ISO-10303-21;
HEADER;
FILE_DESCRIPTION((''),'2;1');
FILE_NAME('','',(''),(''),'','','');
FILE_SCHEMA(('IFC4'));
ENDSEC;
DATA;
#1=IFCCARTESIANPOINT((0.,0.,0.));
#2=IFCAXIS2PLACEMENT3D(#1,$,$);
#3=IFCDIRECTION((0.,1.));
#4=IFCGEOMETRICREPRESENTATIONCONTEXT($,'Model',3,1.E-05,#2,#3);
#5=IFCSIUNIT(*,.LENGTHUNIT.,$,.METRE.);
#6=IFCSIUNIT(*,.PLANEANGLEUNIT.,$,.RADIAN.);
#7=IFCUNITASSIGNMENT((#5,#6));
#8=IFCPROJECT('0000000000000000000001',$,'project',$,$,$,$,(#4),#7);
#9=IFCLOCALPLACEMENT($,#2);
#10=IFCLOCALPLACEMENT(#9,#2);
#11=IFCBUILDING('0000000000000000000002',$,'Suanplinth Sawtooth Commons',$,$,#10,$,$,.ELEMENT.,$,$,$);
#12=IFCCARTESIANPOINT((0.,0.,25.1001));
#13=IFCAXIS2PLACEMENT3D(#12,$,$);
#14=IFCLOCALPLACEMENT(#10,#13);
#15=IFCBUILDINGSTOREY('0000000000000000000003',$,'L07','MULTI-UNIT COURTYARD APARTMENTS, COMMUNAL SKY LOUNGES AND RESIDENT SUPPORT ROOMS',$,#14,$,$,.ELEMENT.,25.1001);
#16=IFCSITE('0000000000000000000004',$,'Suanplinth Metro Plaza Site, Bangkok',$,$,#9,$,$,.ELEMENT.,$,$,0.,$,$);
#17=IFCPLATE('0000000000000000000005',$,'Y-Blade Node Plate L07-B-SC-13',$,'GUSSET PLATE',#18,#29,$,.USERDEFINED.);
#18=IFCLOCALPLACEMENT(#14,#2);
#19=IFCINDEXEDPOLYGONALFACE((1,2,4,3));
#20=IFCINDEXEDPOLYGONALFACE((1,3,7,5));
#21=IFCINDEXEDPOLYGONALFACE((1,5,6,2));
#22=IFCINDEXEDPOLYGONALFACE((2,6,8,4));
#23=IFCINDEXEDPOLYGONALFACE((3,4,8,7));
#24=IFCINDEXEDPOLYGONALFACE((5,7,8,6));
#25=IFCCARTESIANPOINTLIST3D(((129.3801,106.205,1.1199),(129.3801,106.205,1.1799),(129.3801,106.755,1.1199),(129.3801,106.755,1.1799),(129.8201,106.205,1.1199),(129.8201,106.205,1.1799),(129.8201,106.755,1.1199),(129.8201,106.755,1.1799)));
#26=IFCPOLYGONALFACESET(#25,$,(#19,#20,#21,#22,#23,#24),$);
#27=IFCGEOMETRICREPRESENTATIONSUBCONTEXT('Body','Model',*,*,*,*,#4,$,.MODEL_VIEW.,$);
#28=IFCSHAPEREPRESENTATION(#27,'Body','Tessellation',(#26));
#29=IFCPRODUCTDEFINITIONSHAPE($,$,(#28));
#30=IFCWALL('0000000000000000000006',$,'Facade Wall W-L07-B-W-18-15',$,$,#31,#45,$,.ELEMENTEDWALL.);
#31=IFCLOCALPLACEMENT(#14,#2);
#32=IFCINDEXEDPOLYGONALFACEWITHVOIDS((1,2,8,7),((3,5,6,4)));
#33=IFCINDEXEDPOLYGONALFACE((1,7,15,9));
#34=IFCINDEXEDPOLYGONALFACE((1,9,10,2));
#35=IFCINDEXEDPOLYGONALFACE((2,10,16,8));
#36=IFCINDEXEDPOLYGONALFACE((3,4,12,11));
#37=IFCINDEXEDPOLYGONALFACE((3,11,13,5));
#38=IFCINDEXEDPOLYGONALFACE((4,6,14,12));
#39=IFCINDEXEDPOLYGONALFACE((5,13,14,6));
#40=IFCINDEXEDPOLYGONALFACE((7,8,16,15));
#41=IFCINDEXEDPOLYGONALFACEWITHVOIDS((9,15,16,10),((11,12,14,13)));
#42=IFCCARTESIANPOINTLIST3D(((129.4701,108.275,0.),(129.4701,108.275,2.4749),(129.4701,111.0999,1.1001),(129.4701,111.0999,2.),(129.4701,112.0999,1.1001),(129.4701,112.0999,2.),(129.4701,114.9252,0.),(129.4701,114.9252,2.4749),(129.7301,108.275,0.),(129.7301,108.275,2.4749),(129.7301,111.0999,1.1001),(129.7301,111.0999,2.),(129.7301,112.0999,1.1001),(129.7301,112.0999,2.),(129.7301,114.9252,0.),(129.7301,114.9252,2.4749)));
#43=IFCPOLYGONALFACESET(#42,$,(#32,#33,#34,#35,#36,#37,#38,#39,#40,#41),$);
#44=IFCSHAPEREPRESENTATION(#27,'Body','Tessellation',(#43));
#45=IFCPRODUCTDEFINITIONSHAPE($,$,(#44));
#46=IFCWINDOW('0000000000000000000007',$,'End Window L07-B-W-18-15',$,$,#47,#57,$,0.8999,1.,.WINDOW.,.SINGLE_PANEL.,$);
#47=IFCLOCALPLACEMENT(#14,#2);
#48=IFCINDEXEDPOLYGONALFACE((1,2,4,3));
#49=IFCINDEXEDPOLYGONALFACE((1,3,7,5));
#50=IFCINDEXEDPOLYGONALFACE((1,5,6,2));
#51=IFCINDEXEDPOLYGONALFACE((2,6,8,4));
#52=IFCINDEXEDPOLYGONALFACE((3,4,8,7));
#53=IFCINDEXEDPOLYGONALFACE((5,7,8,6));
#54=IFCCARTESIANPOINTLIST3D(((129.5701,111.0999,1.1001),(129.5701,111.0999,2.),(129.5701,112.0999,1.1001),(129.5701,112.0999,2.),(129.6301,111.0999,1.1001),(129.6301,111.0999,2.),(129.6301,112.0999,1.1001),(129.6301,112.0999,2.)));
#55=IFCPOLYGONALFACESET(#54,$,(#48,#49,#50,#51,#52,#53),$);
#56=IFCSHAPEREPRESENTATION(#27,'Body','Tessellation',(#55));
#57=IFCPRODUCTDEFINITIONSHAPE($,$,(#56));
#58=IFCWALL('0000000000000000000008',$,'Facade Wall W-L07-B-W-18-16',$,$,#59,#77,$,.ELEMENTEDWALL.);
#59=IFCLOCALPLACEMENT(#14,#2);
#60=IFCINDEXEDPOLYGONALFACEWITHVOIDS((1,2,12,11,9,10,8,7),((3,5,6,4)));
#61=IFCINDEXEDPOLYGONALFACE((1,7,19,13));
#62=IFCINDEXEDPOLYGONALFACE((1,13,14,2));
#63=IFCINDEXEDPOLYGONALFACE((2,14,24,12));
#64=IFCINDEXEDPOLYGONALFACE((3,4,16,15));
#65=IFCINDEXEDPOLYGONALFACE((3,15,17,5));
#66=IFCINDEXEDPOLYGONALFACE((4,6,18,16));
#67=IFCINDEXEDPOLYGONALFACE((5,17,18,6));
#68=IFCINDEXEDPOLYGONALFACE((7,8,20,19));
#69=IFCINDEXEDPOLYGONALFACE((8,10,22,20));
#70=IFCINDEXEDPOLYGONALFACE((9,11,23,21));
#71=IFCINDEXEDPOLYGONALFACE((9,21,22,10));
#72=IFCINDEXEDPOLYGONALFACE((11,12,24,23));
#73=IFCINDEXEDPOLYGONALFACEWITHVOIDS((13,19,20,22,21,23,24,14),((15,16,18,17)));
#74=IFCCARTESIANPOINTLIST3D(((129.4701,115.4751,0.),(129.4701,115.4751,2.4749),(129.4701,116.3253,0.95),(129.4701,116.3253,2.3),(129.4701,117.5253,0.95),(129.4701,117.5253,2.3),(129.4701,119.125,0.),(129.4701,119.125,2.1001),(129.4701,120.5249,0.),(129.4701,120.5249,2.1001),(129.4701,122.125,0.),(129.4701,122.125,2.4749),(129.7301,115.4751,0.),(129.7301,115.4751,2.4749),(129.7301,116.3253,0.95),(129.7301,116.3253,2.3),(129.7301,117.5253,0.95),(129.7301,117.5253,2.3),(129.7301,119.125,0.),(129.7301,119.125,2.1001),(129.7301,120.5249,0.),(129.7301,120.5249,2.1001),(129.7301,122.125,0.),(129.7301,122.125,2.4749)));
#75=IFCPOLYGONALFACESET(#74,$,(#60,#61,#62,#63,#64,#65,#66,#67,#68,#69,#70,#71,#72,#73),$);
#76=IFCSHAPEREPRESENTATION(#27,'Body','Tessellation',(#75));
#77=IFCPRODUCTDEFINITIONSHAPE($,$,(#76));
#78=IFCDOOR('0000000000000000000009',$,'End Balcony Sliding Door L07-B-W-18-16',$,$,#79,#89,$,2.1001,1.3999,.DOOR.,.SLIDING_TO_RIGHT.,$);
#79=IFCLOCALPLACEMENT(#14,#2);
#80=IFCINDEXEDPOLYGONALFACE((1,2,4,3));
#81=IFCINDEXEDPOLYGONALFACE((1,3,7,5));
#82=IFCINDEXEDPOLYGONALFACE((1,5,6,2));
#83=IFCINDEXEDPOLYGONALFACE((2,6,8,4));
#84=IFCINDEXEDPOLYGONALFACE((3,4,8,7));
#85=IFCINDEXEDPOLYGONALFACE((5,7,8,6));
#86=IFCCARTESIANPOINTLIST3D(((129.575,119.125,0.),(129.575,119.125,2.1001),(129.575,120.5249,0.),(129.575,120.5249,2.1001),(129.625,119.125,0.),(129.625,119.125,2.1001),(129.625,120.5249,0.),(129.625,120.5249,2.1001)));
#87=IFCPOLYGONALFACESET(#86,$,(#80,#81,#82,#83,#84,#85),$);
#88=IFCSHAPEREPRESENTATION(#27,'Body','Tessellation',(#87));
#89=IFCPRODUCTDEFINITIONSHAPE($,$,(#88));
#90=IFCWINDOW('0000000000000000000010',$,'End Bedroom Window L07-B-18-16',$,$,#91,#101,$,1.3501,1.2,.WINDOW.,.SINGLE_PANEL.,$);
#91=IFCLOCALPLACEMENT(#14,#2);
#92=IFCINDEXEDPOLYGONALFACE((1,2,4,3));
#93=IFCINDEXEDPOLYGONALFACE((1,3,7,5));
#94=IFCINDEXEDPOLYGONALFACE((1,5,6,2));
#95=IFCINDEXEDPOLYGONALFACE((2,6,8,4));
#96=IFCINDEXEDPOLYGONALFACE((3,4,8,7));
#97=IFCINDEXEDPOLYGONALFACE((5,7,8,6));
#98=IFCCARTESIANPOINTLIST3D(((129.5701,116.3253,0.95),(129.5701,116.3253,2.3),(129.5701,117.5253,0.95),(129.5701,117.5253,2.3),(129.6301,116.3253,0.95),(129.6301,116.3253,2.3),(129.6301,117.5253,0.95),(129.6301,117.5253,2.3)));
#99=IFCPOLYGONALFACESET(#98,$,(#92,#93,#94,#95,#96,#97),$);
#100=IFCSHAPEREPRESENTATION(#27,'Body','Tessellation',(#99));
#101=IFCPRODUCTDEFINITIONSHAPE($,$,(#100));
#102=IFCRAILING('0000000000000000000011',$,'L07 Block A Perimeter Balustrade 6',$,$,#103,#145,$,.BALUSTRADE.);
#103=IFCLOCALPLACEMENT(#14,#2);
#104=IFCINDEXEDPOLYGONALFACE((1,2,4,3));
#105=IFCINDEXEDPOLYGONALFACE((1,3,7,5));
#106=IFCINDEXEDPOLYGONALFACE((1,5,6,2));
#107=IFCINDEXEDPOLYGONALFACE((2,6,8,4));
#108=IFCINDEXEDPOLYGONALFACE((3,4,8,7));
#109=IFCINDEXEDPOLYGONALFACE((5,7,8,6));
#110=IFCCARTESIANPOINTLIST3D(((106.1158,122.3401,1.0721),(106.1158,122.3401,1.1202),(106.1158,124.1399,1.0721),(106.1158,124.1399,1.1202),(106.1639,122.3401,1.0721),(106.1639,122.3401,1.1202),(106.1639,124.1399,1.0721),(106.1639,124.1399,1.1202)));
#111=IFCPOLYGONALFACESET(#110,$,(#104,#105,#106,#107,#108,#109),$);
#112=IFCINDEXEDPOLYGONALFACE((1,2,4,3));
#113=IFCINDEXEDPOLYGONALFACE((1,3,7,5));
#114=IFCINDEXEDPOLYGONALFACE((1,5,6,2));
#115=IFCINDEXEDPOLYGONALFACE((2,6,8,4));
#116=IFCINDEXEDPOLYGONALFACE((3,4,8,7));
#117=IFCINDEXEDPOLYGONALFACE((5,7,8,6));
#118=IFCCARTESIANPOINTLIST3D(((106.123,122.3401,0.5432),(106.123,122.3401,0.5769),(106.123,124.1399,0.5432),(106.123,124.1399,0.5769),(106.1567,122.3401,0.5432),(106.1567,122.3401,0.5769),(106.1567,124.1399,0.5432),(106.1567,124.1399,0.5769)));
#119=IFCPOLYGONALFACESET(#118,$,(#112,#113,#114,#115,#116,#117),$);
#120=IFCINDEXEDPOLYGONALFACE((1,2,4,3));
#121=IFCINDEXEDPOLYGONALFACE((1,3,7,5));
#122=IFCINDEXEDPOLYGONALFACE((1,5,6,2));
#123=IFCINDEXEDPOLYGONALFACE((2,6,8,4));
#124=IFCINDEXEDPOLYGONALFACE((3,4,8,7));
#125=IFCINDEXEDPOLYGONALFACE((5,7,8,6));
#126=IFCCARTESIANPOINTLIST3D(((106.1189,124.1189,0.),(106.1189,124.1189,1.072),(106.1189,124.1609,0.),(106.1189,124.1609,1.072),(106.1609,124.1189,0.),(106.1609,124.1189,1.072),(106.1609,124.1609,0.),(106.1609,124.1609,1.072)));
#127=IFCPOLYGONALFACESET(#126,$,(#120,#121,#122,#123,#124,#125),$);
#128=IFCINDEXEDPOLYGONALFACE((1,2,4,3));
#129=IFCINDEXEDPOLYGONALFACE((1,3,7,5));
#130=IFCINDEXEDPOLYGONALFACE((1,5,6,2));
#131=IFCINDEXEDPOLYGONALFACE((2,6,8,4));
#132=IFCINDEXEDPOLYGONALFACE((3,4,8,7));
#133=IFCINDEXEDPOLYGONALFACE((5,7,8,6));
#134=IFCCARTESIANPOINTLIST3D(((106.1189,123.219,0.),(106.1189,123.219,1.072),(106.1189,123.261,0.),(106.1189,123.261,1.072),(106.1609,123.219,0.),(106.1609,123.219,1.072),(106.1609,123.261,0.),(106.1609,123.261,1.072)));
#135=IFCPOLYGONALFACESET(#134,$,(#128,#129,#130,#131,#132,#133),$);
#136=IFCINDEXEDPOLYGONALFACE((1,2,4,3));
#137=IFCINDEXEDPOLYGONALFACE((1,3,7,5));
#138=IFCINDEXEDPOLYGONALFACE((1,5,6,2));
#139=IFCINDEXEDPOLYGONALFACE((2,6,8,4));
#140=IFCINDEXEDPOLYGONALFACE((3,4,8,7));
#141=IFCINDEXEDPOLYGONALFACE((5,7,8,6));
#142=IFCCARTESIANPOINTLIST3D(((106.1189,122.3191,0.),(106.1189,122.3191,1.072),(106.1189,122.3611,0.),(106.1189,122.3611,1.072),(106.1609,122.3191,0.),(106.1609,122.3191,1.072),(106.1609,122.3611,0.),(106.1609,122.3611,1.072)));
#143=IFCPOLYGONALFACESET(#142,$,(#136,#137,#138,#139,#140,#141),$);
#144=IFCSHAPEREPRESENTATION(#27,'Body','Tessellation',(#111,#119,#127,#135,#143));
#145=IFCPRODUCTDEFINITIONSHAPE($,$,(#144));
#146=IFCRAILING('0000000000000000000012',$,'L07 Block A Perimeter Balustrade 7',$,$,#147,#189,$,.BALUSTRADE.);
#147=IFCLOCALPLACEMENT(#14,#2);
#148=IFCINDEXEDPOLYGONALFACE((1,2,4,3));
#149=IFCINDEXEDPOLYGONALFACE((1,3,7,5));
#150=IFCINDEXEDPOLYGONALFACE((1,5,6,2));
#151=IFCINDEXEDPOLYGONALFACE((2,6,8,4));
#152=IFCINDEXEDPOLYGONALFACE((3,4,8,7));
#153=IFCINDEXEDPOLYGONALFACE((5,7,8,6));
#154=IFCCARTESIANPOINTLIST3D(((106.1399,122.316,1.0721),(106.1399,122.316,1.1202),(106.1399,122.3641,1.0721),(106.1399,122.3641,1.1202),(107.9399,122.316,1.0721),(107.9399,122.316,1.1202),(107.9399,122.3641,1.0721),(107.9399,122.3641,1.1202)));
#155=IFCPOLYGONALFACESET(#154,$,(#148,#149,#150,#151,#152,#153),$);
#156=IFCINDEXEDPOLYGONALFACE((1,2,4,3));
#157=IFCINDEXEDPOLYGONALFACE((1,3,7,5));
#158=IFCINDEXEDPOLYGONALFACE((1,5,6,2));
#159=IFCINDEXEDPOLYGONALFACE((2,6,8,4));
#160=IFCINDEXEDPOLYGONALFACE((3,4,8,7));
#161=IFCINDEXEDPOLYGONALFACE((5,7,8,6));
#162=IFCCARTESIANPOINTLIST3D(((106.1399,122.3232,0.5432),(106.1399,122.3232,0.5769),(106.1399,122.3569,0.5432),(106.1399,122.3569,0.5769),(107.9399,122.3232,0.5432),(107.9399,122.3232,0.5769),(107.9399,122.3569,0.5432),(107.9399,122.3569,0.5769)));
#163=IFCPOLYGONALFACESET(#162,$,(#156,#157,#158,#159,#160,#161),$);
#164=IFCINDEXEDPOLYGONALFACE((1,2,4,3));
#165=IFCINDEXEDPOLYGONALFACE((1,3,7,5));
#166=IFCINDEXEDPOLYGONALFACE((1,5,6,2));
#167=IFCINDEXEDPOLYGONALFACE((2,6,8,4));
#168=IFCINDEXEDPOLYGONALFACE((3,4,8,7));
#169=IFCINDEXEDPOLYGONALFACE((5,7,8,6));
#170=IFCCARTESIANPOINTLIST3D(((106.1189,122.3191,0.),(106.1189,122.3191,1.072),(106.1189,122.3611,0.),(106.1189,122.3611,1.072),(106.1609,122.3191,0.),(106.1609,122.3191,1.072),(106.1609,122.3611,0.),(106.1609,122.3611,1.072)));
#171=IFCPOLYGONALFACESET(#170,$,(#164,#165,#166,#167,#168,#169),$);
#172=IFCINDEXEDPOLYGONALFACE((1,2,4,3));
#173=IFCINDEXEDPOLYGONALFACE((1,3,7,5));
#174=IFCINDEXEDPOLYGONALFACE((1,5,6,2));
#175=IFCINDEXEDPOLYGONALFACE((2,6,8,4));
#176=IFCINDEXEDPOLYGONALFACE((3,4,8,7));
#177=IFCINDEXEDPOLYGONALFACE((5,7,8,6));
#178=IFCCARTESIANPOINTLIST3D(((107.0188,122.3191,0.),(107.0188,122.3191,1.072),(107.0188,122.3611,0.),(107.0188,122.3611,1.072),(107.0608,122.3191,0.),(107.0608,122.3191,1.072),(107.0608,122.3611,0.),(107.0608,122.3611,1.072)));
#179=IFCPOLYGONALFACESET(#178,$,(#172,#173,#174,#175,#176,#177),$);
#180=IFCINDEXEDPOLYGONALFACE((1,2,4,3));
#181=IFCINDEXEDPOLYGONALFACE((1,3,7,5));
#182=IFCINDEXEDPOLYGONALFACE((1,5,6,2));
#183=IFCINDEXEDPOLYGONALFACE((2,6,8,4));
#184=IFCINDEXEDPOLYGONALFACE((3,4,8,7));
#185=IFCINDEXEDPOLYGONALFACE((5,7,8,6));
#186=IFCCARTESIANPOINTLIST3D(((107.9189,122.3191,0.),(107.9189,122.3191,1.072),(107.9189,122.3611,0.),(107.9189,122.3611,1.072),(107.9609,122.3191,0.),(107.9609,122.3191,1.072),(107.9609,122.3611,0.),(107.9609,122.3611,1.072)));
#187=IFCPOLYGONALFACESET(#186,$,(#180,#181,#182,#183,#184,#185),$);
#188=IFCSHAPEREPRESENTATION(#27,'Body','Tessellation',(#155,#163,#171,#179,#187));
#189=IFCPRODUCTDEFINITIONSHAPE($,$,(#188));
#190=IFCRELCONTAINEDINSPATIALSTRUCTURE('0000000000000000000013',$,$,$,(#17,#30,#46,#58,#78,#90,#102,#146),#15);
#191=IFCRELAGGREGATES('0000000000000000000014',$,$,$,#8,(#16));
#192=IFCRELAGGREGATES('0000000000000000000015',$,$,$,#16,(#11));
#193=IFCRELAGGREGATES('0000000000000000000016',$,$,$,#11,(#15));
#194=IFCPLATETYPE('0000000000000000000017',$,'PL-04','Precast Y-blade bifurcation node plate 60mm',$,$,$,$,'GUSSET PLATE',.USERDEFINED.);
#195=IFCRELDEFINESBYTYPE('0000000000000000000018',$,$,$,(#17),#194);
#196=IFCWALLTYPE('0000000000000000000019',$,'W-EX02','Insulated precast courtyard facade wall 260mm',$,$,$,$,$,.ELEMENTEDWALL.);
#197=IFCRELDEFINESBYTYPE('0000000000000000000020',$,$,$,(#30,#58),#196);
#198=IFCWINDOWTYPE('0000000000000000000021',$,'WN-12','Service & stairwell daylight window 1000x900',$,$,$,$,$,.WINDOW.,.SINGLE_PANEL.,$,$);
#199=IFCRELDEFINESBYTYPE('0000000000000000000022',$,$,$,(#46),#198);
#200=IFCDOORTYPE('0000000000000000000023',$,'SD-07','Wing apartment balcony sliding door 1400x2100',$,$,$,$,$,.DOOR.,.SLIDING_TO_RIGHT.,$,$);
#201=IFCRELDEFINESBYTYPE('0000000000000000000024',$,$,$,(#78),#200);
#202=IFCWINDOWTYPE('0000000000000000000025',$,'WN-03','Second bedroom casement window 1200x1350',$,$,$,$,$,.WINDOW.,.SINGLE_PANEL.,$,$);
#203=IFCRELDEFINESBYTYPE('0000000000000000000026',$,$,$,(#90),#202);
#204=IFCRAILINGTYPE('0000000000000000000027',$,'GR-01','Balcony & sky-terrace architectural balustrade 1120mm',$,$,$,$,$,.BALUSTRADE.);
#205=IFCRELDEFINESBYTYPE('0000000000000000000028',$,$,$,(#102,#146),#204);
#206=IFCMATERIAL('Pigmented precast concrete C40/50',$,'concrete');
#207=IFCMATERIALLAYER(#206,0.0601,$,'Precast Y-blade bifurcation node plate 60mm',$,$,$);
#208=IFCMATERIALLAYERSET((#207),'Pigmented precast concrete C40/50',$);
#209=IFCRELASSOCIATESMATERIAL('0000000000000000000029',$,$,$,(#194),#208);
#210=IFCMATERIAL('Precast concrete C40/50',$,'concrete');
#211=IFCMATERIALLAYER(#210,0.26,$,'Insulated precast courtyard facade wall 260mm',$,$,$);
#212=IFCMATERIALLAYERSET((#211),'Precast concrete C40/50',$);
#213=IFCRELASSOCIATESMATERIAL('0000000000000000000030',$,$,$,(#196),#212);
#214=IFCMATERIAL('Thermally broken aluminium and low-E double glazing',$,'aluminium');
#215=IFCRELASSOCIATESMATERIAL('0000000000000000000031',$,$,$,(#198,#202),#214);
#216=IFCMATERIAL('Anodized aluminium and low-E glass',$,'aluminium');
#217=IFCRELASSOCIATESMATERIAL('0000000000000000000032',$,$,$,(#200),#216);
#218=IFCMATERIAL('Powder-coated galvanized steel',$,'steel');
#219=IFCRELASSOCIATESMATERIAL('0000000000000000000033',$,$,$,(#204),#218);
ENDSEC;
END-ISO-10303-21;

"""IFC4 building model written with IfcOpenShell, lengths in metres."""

from ifc_helpers import new_model, si_unit, direction, frame, frame_2d, origin, origin_2d, place, context, subcontext, project, spatial, rectangle, extrude, material, layer, layer_set, type_object, element, fill, save


model = new_model("IFC4")

# Units and contexts
model_context = context("Model", 3, precision=1e-05, world=origin(), true_north=direction((0.0, 1.0)))
body_context = subcontext(model_context, "Body", "Model", "MODEL_VIEW")
ifc_project = project(units=[si_unit("LENGTHUNIT", "METRE"), si_unit("PLANEANGLEUNIT", "RADIAN")], contexts=[model_context])

# Site, building, storey
site_placement = place(None, origin())
site = spatial("IfcSite", under=ifc_project, at=site_placement, Name="Suanplinth Metro Plaza Site, Bangkok", CompositionType="ELEMENT", RefElevation=0.0)
building_placement = place(site_placement, origin())
building = spatial("IfcBuilding", under=site, at=building_placement, Name="Suanplinth Sawtooth Commons", CompositionType="ELEMENT")
storey_placement = place(building_placement, frame((0.0, 0.0, 25.1001)))
storey = spatial("IfcBuildingStorey", under=building, at=storey_placement, Name="L07", Description="MULTI-UNIT COURTYARD APARTMENTS, COMMUNAL SKY LOUNGES AND RESIDENT SUPPORT ROOMS", CompositionType="ELEMENT", Elevation=25.1001)

# Shared definitions
ifc_material_1 = material(Name="Precast concrete C40/50", Category="concrete")

# Shared definitions
ifc_material_2 = material(Name="Pigmented precast concrete C40/50", Category="concrete")

# Plate
ifc_layer_1 = layer(ifc_material_2, 0.0601, Name="Precast Y-blade bifurcation node plate 60mm")
ifc_layer_set_1 = layer_set([ifc_layer_1], Name="Pigmented precast concrete C40/50")
plate_type = type_object("IfcPlateType", Name="PL-04", Description="Precast Y-blade bifurcation node plate 60mm", ElementType="GUSSET PLATE", PredefinedType="USERDEFINED", material=ifc_layer_set_1)
plate_placement = place(storey_placement, frame((129.6001, 106.48, 1.1199), z_axis=(0.0, 0.0, 1.0), x_axis=(1.0, 0.0, 0.0)))
element("IfcPlate", 1, at=plate_placement, inside=storey, type_object=plate_type, Name="Y-Blade Node Plate L07-B-SC-13", ObjectType="GUSSET PLATE", PredefinedType="USERDEFINED", context=body_context, shape_type="SweptSolid", body=[
    extrude(rectangle(XDim=0.4399, YDim=0.55, at=origin_2d()), origin(), (0.0, 0.0, 1.0), 0.0601),
])

# Wall, opening, window
ifc_layer_2 = layer(ifc_material_1, 0.26, Name="Insulated precast courtyard facade wall 260mm")
ifc_layer_set_2 = layer_set([ifc_layer_2], Name="Precast concrete C40/50")
wall_type = type_object("IfcWallType", Name="W-EX02", Description="Insulated precast courtyard facade wall 260mm", PredefinedType="ELEMENTEDWALL", material=ifc_layer_set_2)
wall_1_placement = place(storey_placement, frame((129.6001, 108.2749, 0.0), z_axis=(0.0, 0.0, 1.0), x_axis=(0.0, 1.0, 0.0)))
wall_1 = element("IfcWall", 2, at=wall_1_placement, inside=storey, type_object=wall_type, Name="Facade Wall W-L07-B-W-18-15", PredefinedType="ELEMENTEDWALL", context=body_context, shape_type="SweptSolid", body=[
    extrude(rectangle(XDim=6.6501, YDim=0.26, at=frame_2d((3.3252, 0.0))), origin(), (0.0, 0.0, 1.0), 2.4749),
])
opening_1_placement = place(wall_1_placement, frame((2.825, 0.0, 1.1001)))
opening_1 = element("IfcOpeningElement", 3, at=opening_1_placement, cuts=wall_1, PredefinedType="OPENING", context=body_context, shape_type="SweptSolid", body=[
    extrude(rectangle(XDim=1.0, YDim=0.8999, at=frame_2d((0.5, 0.45))), frame((0.0, 0.145, 0.0), z_axis=(0.0, -1.0, 0.0), x_axis=(1.0, 0.0, 0.0)), (0.0, 0.0, 1.0), 0.2898),
])
ifc_material_3 = material(Name="Thermally broken aluminium and low-E double glazing", Category="aluminium")
window_type_1 = type_object("IfcWindowType", Name="WN-12", Description="Service & stairwell daylight window 1000x900", PartitioningType="SINGLE_PANEL", PredefinedType="WINDOW", material=ifc_material_3)
window_1_placement = place(opening_1_placement, origin())
window_1 = element("IfcWindow", 4, at=window_1_placement, inside=storey, type_object=window_type_1, Name="End Window L07-B-W-18-15", OverallHeight=0.8999, OverallWidth=1.0, PartitioningType="SINGLE_PANEL", PredefinedType="WINDOW", context=body_context, shape_type="SweptSolid", body=[
    extrude(rectangle(XDim=1.0, YDim=0.8999, at=frame_2d((0.5, 0.45))), frame((0.0, 0.03, 0.0), z_axis=(0.0, -1.0, 0.0), x_axis=(1.0, 0.0, 0.0)), (0.0, 0.0, 1.0), 0.0601),
])
fill(opening_1, window_1)

# Wall, openings, door, window
wall_2_placement = place(storey_placement, frame((129.6001, 115.4751, 0.0), z_axis=(0.0, 0.0, 1.0), x_axis=(0.0, 1.0, 0.0)))
wall_2 = element("IfcWall", 5, at=wall_2_placement, inside=storey, type_object=wall_type, Name="Facade Wall W-L07-B-W-18-16", PredefinedType="ELEMENTEDWALL", context=body_context, shape_type="SweptSolid", body=[
    extrude(rectangle(XDim=6.6499, YDim=0.26, at=frame_2d((3.325, 0.0))), origin(), (0.0, 0.0, 1.0), 2.4749),
])
opening_2_placement = place(wall_2_placement, frame((3.6499, 0.0, 0.0)))
opening_2 = element("IfcOpeningElement", 6, at=opening_2_placement, cuts=wall_2, PredefinedType="OPENING", context=body_context, shape_type="SweptSolid", body=[
    extrude(rectangle(XDim=1.3999, YDim=2.1001, at=frame_2d((0.7, 1.05))), frame((0.0, 0.145, 0.0), z_axis=(0.0, -1.0, 0.0), x_axis=(1.0, 0.0, 0.0)), (0.0, 0.0, 1.0), 0.2898),
])
opening_3_placement = place(wall_2_placement, frame((0.8501, 0.0, 0.95)))
opening_3 = element("IfcOpeningElement", 7, at=opening_3_placement, cuts=wall_2, PredefinedType="OPENING", context=body_context, shape_type="SweptSolid", body=[
    extrude(rectangle(XDim=1.2, YDim=1.3501, at=frame_2d((0.6001, 0.675))), frame((0.0, 0.145, 0.0), z_axis=(0.0, -1.0, 0.0), x_axis=(1.0, 0.0, 0.0)), (0.0, 0.0, 1.0), 0.2898),
])
ifc_material_4 = material(Name="Anodized aluminium and low-E glass", Category="aluminium")
door_type = type_object("IfcDoorType", Name="SD-07", Description="Wing apartment balcony sliding door 1400x2100", OperationType="SLIDING_TO_RIGHT", PredefinedType="DOOR", material=ifc_material_4)
door_placement = place(opening_2_placement, frame((1.3999, 0.0, 0.0), z_axis=(0.0, 0.0, 1.0), x_axis=(-1.0, 0.0, 0.0)))
door = element("IfcDoor", 8, at=door_placement, inside=storey, type_object=door_type, Name="End Balcony Sliding Door L07-B-W-18-16", OperationType="SLIDING_TO_RIGHT", OverallHeight=2.1001, OverallWidth=1.3999, PredefinedType="DOOR", context=body_context, shape_type="SweptSolid", body=[
    extrude(rectangle(XDim=1.3999, YDim=2.1001, at=frame_2d((0.7, 1.05))), frame((0.0, 0.0249, 0.0), z_axis=(0.0, -1.0, 0.0), x_axis=(1.0, 0.0, 0.0)), (0.0, 0.0, 1.0), 0.05),
])
fill(opening_2, door)
window_type_2 = type_object("IfcWindowType", Name="WN-03", Description="Second bedroom casement window 1200x1350", PartitioningType="SINGLE_PANEL", PredefinedType="WINDOW", material=ifc_material_3)
window_2_placement = place(opening_3_placement, origin())
window_2 = element("IfcWindow", 9, at=window_2_placement, inside=storey, type_object=window_type_2, Name="End Bedroom Window L07-B-18-16", OverallHeight=1.3501, OverallWidth=1.2, PartitioningType="SINGLE_PANEL", PredefinedType="WINDOW", context=body_context, shape_type="SweptSolid", body=[
    extrude(rectangle(XDim=1.2, YDim=1.3501, at=frame_2d((0.6001, 0.675))), frame((0.0, 0.03, 0.0), z_axis=(0.0, -1.0, 0.0), x_axis=(1.0, 0.0, 0.0)), (0.0, 0.0, 1.0), 0.0601),
])
fill(opening_3, window_2)

# Railings
ifc_material_5 = material(Name="Powder-coated galvanized steel", Category="steel")
railing_type = type_object("IfcRailingType", Name="GR-01", Description="Balcony & sky-terrace architectural balustrade 1120mm", PredefinedType="BALUSTRADE", material=ifc_material_5)
railing_1_placement = place(storey_placement, frame((106.1399, 124.1399, 0.0)))
element("IfcRailing", 10, at=railing_1_placement, inside=storey, type_object=railing_type, Name="L07 Block A Perimeter Balustrade 6", PredefinedType="BALUSTRADE", context=body_context, shape_type="SweptSolid", body=[
    extrude(rectangle(XDim=0.0481, YDim=0.0481, at=origin_2d()), frame((0.0, 0.0, 1.0962), z_axis=(0.0, -1.0, 0.0), x_axis=(1.0, 0.0, 0.0)), (0.0, 0.0, 1.0), 1.7998),
    extrude(rectangle(XDim=0.0337, YDim=0.0337, at=origin_2d()), frame((0.0, 0.0, 0.5601), z_axis=(0.0, -1.0, 0.0), x_axis=(1.0, 0.0, 0.0)), (0.0, 0.0, 1.0), 1.7998),
    extrude(rectangle(XDim=0.042, YDim=0.042, at=origin_2d()), origin(), (0.0, 0.0, 1.0), 1.072),
    extrude(rectangle(XDim=0.042, YDim=0.042, at=origin_2d()), frame((0.0, -0.8999, 0.0)), (0.0, 0.0, 1.0), 1.072),
    extrude(rectangle(XDim=0.042, YDim=0.042, at=origin_2d()), frame((0.0, -1.7998, 0.0)), (0.0, 0.0, 1.0), 1.072),
])
railing_2_placement = place(storey_placement, frame((106.1399, 122.3401, 0.0)))
element("IfcRailing", 11, at=railing_2_placement, inside=storey, type_object=railing_type, Name="L07 Block A Perimeter Balustrade 7", PredefinedType="BALUSTRADE", context=body_context, shape_type="SweptSolid", body=[
    extrude(rectangle(XDim=0.0481, YDim=0.0481, at=origin_2d()), frame((0.0, 0.0, 1.0962), z_axis=(1.0, 0.0, 0.0), x_axis=(0.0, 1.0, 0.0)), (0.0, 0.0, 1.0), 1.8),
    extrude(rectangle(XDim=0.0337, YDim=0.0337, at=origin_2d()), frame((0.0, 0.0, 0.5601), z_axis=(1.0, 0.0, 0.0), x_axis=(0.0, 1.0, 0.0)), (0.0, 0.0, 1.0), 1.8),
    extrude(rectangle(XDim=0.042, YDim=0.042, at=origin_2d()), origin(), (0.0, 0.0, 1.0), 1.072),
    extrude(rectangle(XDim=0.042, YDim=0.042, at=origin_2d()), frame((0.8999, 0.0, 0.0)), (0.0, 0.0, 1.0), 1.072),
    extrude(rectangle(XDim=0.042, YDim=0.042, at=origin_2d()), frame((1.8, 0.0, 0.0)), (0.0, 0.0, 1.0), 1.072),
])

save(model, "model.ifc")
